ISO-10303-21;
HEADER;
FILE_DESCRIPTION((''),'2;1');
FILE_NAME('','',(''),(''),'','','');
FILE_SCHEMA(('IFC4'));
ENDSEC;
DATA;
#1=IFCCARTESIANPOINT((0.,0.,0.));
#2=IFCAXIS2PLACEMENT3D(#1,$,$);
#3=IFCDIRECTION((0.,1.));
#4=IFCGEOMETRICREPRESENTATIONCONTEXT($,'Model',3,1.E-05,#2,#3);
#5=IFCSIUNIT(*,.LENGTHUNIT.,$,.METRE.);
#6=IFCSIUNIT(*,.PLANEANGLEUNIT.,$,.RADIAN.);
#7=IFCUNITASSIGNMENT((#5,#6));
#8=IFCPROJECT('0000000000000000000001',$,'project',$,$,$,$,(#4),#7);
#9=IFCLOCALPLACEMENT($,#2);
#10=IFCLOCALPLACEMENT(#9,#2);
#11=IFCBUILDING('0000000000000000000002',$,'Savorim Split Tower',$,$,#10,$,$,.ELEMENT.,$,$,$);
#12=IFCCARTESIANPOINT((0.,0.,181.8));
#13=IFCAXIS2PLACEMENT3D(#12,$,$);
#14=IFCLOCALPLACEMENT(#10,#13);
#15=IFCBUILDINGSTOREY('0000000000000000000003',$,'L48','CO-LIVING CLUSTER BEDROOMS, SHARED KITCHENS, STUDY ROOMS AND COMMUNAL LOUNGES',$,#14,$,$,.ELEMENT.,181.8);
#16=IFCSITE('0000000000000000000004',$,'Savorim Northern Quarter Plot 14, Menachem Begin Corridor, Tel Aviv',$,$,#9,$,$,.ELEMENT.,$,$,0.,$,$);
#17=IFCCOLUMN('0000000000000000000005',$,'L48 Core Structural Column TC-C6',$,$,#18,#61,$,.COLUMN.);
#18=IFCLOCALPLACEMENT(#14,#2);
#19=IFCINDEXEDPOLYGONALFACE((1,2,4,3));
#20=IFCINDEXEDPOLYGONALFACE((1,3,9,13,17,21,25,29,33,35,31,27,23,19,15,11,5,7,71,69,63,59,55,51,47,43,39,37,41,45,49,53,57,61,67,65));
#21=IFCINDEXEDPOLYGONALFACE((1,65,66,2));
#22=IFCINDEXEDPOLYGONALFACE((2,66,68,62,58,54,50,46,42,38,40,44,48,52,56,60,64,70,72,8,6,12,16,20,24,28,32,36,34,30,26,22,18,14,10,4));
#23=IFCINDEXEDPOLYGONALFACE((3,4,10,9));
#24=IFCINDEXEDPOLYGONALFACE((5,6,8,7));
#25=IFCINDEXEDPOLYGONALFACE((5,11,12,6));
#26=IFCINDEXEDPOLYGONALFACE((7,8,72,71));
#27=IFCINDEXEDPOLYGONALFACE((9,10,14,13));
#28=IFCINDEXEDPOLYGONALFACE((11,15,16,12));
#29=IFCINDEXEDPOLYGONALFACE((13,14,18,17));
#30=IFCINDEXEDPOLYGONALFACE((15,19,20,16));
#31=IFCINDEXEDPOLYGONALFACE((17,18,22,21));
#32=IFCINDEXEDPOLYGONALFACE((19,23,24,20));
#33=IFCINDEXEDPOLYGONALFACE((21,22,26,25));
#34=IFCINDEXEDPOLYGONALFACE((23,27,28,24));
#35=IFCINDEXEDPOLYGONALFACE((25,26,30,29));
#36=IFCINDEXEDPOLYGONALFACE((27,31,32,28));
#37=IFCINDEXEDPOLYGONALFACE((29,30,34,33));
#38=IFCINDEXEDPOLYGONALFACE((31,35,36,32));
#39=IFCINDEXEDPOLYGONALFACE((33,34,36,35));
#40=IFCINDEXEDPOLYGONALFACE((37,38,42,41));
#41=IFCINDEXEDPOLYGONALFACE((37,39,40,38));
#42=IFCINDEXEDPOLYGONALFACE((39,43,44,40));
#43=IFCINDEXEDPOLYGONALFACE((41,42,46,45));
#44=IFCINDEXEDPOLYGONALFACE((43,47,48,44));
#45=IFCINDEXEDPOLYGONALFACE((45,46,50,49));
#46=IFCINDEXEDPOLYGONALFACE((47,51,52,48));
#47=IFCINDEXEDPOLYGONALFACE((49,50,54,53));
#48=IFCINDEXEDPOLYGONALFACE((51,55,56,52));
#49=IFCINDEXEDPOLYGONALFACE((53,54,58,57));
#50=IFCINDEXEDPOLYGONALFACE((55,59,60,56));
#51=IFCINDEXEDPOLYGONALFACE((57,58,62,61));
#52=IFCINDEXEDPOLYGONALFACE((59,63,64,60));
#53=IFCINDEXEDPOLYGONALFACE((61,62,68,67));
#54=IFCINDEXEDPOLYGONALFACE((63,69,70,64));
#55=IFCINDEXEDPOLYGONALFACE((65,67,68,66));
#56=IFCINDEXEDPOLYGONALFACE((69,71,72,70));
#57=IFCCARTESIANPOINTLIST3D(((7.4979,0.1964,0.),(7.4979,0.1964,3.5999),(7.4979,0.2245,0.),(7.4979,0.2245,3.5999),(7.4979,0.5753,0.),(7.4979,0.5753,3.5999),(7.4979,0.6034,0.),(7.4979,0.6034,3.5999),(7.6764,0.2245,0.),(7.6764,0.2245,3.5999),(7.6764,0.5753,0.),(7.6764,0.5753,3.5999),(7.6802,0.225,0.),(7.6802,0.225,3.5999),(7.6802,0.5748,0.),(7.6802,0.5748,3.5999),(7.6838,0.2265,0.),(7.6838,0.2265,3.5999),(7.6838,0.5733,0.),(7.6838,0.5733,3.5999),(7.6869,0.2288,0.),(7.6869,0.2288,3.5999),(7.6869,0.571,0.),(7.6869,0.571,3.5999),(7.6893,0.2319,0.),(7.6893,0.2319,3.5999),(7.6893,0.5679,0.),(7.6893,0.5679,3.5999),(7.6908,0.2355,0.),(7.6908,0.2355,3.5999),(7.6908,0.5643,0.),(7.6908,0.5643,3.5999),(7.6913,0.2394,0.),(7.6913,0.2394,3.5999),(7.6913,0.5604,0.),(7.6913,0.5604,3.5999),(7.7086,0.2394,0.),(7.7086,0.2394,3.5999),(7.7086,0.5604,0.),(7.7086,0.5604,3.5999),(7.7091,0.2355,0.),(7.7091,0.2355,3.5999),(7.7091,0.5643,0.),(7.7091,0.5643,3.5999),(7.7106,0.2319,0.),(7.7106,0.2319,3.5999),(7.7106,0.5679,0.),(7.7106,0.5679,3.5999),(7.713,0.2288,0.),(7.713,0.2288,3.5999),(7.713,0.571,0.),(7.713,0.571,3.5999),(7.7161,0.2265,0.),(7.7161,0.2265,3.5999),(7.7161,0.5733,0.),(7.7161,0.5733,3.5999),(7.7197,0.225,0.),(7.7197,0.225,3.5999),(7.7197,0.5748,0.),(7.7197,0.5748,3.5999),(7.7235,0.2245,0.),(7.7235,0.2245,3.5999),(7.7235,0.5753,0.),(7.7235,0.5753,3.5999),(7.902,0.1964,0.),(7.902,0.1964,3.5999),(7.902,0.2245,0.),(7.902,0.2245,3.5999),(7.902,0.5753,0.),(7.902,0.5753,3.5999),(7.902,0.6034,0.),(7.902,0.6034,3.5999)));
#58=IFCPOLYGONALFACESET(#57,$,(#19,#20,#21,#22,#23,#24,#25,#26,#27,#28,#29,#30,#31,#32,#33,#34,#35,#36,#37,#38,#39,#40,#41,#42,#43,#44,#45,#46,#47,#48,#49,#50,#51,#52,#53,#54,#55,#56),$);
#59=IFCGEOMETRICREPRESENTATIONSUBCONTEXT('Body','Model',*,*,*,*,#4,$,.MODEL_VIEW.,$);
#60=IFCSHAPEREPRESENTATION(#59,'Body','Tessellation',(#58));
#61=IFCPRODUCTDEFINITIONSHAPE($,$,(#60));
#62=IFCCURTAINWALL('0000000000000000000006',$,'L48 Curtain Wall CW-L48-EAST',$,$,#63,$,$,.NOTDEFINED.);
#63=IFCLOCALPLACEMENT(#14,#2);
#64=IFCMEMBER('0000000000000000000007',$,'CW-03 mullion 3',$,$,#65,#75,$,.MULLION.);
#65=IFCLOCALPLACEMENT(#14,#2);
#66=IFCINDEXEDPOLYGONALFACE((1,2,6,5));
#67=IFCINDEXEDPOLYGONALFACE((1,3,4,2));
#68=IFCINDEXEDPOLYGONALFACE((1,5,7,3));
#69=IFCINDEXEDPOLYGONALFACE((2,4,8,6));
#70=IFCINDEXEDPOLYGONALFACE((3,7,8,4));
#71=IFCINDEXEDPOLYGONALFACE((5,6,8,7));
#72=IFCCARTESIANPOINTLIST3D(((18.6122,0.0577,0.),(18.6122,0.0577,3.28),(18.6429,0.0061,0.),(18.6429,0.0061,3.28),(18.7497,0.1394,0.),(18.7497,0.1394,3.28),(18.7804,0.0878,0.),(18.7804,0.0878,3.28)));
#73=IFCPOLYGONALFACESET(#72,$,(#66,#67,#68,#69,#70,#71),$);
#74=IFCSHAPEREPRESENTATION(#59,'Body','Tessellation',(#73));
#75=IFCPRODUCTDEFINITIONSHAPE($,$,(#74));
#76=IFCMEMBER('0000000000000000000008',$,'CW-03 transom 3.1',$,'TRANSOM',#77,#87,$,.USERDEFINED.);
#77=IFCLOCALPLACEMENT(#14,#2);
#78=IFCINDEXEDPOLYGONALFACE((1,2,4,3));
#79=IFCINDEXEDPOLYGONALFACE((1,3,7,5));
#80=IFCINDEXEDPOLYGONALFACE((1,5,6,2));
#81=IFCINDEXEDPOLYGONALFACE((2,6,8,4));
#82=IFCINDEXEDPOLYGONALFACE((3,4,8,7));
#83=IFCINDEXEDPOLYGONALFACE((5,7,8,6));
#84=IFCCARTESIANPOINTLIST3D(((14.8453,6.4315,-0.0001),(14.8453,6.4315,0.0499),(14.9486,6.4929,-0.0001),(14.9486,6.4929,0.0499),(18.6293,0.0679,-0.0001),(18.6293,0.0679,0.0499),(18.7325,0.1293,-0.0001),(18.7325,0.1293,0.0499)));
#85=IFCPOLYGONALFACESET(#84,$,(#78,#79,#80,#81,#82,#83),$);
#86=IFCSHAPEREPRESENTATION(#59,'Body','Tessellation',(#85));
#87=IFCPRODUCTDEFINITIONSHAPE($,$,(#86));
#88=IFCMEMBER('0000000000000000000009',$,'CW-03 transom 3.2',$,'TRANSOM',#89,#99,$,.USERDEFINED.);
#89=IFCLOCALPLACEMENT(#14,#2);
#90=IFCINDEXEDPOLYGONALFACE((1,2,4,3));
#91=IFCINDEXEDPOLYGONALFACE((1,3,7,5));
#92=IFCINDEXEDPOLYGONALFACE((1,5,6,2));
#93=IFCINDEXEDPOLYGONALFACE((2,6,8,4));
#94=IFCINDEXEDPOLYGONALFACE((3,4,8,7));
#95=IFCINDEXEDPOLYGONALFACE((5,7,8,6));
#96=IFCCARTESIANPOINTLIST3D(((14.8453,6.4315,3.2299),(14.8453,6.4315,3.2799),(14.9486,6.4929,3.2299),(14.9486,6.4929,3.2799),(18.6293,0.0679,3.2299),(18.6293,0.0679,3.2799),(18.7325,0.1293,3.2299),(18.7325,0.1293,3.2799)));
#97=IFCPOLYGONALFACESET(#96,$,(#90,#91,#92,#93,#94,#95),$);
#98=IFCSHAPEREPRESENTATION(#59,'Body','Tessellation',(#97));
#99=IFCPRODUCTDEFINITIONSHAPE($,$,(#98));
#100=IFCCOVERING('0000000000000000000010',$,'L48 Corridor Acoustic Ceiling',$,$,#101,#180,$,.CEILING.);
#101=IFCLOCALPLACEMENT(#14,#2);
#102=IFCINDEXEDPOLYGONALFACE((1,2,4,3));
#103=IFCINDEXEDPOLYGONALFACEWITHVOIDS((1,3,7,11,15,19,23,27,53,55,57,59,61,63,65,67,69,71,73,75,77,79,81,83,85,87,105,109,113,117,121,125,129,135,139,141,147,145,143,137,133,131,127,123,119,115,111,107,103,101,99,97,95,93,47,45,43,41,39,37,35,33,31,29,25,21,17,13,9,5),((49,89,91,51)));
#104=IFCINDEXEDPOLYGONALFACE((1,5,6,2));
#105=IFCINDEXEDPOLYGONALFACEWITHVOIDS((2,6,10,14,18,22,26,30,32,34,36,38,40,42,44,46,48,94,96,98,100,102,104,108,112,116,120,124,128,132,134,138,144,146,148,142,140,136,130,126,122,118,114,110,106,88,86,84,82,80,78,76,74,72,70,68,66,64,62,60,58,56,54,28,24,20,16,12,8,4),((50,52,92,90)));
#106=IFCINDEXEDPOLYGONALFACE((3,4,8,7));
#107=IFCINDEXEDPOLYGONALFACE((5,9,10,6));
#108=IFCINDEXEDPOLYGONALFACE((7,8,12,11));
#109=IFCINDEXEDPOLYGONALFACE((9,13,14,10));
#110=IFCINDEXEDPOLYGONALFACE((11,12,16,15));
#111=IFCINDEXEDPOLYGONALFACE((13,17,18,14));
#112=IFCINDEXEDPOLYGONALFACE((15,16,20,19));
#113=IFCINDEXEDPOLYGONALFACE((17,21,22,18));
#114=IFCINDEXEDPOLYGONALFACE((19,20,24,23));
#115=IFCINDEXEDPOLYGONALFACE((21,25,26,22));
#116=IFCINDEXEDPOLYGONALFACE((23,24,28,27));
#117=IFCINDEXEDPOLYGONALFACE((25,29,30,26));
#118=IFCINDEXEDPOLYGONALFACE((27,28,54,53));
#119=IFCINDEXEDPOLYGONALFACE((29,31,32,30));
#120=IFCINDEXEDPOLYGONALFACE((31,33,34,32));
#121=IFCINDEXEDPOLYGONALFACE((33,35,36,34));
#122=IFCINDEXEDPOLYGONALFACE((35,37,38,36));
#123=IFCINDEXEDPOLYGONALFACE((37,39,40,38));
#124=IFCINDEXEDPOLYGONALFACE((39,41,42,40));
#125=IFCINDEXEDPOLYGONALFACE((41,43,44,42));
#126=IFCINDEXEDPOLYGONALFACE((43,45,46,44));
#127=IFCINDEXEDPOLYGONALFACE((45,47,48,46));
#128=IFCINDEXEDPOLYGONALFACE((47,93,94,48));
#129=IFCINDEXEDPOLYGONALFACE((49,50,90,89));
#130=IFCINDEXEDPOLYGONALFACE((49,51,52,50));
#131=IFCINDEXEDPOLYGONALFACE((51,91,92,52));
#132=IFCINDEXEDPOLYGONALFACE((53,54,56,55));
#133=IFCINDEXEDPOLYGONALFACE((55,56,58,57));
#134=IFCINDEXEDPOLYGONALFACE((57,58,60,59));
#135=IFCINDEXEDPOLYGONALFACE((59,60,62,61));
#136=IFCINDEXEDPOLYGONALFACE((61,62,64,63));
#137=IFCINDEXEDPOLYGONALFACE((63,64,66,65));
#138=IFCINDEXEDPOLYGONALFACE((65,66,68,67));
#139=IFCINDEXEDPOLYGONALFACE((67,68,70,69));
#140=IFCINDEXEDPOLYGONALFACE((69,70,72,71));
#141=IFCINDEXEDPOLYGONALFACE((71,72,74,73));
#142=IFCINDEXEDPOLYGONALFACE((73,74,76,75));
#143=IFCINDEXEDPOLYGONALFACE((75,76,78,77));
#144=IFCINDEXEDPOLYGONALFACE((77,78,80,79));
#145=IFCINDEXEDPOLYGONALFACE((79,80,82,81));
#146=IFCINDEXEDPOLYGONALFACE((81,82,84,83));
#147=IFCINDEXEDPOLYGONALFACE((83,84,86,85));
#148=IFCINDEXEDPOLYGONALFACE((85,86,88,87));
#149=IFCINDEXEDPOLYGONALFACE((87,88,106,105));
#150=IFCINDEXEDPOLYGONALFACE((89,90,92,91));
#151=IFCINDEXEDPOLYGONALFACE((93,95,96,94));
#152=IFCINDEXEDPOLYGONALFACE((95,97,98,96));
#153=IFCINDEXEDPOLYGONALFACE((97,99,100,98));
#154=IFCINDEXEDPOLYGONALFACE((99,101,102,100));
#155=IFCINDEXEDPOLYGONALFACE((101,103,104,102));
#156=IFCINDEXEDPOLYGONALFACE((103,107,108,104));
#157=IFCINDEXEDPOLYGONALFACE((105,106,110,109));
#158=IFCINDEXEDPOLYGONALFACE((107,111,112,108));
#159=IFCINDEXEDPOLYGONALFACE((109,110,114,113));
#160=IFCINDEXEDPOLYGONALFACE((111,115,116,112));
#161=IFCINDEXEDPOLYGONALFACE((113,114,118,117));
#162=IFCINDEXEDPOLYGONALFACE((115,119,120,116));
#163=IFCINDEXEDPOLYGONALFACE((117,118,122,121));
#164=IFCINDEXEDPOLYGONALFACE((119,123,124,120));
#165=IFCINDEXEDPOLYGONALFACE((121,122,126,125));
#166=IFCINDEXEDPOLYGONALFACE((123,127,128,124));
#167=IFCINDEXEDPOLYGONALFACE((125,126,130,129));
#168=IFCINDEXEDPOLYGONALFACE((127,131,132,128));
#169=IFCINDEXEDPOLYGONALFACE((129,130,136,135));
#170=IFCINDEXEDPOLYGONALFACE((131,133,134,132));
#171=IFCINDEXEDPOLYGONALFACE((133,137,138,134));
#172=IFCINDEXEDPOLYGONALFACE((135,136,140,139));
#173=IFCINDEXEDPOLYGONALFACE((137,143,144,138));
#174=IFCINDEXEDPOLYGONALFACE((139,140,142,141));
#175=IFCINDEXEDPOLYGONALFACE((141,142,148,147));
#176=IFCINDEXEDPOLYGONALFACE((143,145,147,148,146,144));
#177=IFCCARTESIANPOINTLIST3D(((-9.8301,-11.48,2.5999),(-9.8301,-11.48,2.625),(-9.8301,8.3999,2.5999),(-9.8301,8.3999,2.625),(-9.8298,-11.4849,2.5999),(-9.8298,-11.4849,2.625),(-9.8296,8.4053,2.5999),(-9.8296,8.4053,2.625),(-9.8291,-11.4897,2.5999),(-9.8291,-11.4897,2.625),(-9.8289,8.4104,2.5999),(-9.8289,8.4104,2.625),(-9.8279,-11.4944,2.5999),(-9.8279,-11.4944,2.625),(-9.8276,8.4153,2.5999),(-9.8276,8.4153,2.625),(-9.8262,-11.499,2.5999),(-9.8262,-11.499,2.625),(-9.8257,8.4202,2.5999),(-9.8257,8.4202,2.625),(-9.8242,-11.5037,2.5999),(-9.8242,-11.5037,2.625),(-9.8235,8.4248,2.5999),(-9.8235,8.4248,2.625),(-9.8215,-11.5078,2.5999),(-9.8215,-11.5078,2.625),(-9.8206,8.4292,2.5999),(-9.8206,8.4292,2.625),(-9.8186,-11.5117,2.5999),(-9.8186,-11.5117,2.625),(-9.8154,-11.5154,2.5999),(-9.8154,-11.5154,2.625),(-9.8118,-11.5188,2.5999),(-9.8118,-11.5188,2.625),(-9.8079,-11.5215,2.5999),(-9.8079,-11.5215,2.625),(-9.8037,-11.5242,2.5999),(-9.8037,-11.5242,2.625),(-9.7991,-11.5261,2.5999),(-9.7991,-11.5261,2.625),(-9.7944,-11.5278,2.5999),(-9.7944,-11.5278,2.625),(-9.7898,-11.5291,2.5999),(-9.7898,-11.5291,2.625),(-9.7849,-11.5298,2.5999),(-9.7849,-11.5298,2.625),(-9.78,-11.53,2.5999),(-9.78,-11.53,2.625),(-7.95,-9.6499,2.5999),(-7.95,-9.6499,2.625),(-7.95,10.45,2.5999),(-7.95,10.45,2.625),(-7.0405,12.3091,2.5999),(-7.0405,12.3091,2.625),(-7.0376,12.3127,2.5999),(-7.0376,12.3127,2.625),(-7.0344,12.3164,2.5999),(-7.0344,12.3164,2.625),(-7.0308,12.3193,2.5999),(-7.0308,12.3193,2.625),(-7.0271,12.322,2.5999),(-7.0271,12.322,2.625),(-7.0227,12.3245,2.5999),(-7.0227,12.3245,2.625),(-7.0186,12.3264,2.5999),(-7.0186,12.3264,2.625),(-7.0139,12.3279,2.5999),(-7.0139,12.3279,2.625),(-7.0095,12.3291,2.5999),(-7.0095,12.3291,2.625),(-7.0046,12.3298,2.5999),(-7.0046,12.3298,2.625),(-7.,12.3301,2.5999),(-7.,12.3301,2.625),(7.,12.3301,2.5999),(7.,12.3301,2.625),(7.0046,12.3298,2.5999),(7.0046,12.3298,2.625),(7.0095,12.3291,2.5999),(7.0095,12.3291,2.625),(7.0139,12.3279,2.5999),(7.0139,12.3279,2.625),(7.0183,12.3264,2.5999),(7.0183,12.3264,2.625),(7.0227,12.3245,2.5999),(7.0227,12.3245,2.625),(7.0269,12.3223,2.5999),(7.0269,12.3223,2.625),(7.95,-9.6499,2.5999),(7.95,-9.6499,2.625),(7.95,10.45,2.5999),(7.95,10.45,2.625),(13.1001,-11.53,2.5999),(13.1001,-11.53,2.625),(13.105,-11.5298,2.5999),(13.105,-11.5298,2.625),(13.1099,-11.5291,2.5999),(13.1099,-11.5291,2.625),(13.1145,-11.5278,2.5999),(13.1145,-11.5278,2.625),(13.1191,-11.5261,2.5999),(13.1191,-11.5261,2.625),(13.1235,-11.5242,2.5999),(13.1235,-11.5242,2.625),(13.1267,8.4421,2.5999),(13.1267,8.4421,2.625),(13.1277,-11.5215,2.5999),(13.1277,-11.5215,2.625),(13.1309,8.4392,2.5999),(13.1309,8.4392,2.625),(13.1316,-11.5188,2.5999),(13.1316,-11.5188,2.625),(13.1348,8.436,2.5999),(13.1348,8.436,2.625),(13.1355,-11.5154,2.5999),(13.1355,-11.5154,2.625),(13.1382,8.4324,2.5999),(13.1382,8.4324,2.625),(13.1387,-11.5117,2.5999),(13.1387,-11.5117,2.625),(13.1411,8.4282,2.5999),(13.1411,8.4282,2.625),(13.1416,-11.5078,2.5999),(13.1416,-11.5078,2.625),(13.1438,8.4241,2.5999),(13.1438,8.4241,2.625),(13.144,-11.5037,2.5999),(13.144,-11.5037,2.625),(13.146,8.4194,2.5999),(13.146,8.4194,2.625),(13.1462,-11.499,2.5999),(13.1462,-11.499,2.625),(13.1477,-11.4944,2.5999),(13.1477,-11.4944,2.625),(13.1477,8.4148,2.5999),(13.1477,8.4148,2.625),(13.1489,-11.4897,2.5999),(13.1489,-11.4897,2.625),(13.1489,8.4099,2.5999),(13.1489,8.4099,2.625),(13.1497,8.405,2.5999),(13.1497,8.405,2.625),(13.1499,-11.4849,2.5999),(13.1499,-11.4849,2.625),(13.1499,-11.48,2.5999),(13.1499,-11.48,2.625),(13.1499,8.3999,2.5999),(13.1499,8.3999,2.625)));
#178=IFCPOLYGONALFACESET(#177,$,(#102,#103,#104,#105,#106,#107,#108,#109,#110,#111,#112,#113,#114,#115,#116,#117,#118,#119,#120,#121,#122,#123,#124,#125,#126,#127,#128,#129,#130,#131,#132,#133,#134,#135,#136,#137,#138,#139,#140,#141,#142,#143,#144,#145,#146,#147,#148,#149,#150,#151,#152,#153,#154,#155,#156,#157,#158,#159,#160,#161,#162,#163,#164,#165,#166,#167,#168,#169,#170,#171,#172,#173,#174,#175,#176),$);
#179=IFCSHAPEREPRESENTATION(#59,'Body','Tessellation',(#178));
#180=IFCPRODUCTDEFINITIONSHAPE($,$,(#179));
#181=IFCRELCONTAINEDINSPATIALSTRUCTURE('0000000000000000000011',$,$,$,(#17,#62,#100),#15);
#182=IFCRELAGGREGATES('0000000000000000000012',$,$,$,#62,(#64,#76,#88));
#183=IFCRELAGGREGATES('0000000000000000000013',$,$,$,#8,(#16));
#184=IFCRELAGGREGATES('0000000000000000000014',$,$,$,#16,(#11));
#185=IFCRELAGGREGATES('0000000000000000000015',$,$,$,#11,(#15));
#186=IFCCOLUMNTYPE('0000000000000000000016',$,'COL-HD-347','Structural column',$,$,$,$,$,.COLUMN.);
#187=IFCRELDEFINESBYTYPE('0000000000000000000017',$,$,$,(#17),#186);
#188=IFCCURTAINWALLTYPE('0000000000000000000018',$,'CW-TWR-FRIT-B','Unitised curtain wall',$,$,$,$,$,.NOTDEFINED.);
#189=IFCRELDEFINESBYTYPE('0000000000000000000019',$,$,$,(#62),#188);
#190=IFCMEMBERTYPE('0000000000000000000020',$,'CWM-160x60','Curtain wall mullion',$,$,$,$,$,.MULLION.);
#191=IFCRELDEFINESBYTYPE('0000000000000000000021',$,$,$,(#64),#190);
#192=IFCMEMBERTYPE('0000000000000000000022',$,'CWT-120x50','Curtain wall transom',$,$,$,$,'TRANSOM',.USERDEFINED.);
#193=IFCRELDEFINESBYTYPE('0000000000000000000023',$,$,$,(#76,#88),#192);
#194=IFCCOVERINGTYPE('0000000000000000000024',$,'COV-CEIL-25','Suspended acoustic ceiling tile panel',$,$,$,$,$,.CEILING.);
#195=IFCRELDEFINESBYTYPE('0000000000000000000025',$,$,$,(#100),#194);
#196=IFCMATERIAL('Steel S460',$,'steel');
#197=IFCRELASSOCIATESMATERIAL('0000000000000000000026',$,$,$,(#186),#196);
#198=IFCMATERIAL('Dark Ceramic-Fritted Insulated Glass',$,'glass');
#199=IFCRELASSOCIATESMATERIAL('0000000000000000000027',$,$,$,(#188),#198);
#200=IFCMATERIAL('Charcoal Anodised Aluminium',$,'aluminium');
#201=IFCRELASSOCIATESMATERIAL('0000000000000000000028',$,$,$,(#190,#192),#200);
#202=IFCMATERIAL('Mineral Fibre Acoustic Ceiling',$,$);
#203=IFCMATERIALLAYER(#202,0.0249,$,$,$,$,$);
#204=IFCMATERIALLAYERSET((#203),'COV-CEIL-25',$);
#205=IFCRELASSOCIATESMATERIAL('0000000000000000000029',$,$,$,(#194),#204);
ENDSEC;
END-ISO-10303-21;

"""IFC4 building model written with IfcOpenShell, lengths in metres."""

from ifc_helpers import new_model, si_unit, direction, frame, origin, origin_2d, place, context, subcontext, project, spatial, polyline, rectangle, i_section, outline, extrude, material, layer, layer_set, material_profile, profile_set, type_object, element, aggregate, save


model = new_model("IFC4")

# Units and contexts
model_context = context("Model", 3, precision=1e-05, world=origin(), true_north=direction((0.0, 1.0)))
body_context = subcontext(model_context, "Body", "Model", "MODEL_VIEW")
ifc_project = project(units=[si_unit("LENGTHUNIT", "METRE"), si_unit("PLANEANGLEUNIT", "RADIAN")], contexts=[model_context])

# Site, building, storey
site_placement = place(None, origin())
site = spatial("IfcSite", under=ifc_project, at=site_placement, Name="Savorim Northern Quarter Plot 14, Menachem Begin Corridor, Tel Aviv", CompositionType="ELEMENT", RefElevation=0.0)
building_placement = place(site_placement, origin())
building = spatial("IfcBuilding", under=site, at=building_placement, Name="Savorim Split Tower", CompositionType="ELEMENT")
storey_placement = place(building_placement, frame((0.0, 0.0, 181.8)))
storey = spatial("IfcBuildingStorey", under=building, at=storey_placement, Name="L48", Description="CO-LIVING CLUSTER BEDROOMS, SHARED KITCHENS, STUDY ROOMS AND COMMUNAL LOUNGES", CompositionType="ELEMENT", Elevation=181.8)

# Column
ifc_material_1 = material(Name="Steel S460", Category="steel")
ifc_material_profile_1 = material_profile(ifc_material_1, i_section(OverallWidth=0.4041, OverallDepth=0.407, WebThickness=0.0173, FlangeThickness=0.0281, FilletRadius=0.0149, at=origin_2d()), Name="HD 400x347")
ifc_profile_set_1 = profile_set([ifc_material_profile_1], Name="Steel S460")
column_type = type_object("IfcColumnType", Name="COL-HD-347", Description="Structural column", PredefinedType="COLUMN", material=ifc_profile_set_1)
column_placement = place(storey_placement, frame((7.7, 0.3999, 0.0), z_axis=(0.0, 0.0, 1.0), x_axis=(1.0, 0.0, 0.0)))
element("IfcColumn", 1, at=column_placement, inside=storey, type_object=column_type, Name="L48 Core Structural Column TC-C6", PredefinedType="COLUMN", context=body_context, shape_type="SweptSolid", body=[
    extrude(i_section(OverallWidth=0.4041, OverallDepth=0.407, WebThickness=0.0173, FlangeThickness=0.0281, FilletRadius=0.0149, at=origin_2d()), origin(), (0.0, 0.0, 1.0), 3.5999),
])

# Curtain wall, members
ifc_material_2 = material(Name="Dark Ceramic-Fritted Insulated Glass", Category="glass")
curtain_wall_type = type_object("IfcCurtainWallType", Name="CW-TWR-FRIT-B", Description="Unitised curtain wall", PredefinedType="NOTDEFINED", material=ifc_material_2)
curtain_wall_placement = place(storey_placement, origin())
curtain_wall = element("IfcCurtainWall", 2, at=curtain_wall_placement, inside=storey, type_object=curtain_wall_type, Name="L48 Curtain Wall CW-L48-EAST", PredefinedType="NOTDEFINED")
ifc_material_3 = material(Name="Charcoal Anodised Aluminium", Category="aluminium")
ifc_material_profile_2 = material_profile(ifc_material_3, rectangle(XDim=0.1599, YDim=0.0601, at=origin_2d()), Name="ALU-M 160x60")
ifc_profile_set_2 = profile_set([ifc_material_profile_2], Name="Charcoal Anodised Aluminium")
member_type_1 = type_object("IfcMemberType", Name="CWM-160x60", Description="Curtain wall mullion", PredefinedType="MULLION", material=ifc_profile_set_2)
member_1_placement = place(storey_placement, frame((18.6963, 0.0728, 0.0), z_axis=(0.0, 0.0, 1.0), x_axis=(-0.859525, -0.511094, 0.0)))
member_1 = element("IfcMember", 3, at=member_1_placement, type_object=member_type_1, Name="CW-03 mullion 3", PredefinedType="MULLION", context=body_context, shape_type="SweptSolid", body=[
    extrude(rectangle(XDim=0.1599, YDim=0.0601, at=origin_2d()), origin(), (0.0, 0.0, 1.0), 3.28),
])
ifc_material_profile_3 = material_profile(ifc_material_3, rectangle(XDim=0.1201, YDim=0.05, at=origin_2d()), Name="ALU-T 120x50")
ifc_profile_set_3 = profile_set([ifc_material_profile_3], Name="Charcoal Anodised Aluminium")
member_type_2 = type_object("IfcMemberType", Name="CWT-120x50", Description="Curtain wall transom", ElementType="TRANSOM", PredefinedType="USERDEFINED", material=ifc_profile_set_3)
member_2_placement = place(storey_placement, frame((18.6809, 0.0986, 0.0249), z_axis=(-0.511097, 0.859523, 0.0), x_axis=(-0.859523, -0.511097, 0.0)))
member_2 = element("IfcMember", 4, at=member_2_placement, type_object=member_type_2, Name="CW-03 transom 3.1", ObjectType="TRANSOM", PredefinedType="USERDEFINED", context=body_context, shape_type="SweptSolid", body=[
    extrude(rectangle(XDim=0.1201, YDim=0.05, at=origin_2d()), origin(), (0.0, 0.0, 1.0), 7.4036),
])
member_3_placement = place(storey_placement, frame((18.6809, 0.0986, 3.2549), z_axis=(-0.511097, 0.859523, 0.0), x_axis=(-0.859523, -0.511097, 0.0)))
member_3 = element("IfcMember", 5, at=member_3_placement, type_object=member_type_2, Name="CW-03 transom 3.2", ObjectType="TRANSOM", PredefinedType="USERDEFINED", context=body_context, shape_type="SweptSolid", body=[
    extrude(rectangle(XDim=0.1201, YDim=0.05, at=origin_2d()), origin(), (0.0, 0.0, 1.0), 7.4036),
])
aggregate(curtain_wall, [member_1, member_2, member_3])

# Covering
ifc_material_4 = material(Name="Mineral Fibre Acoustic Ceiling")
ifc_layer_1 = layer(ifc_material_4, 0.0249)
ifc_layer_set_1 = layer_set([ifc_layer_1], Name="COV-CEIL-25")
covering_type_1 = type_object("IfcCoveringType", Name="COV-CEIL-25", Description="Suspended acoustic ceiling tile panel", PredefinedType="CEILING", material=ifc_layer_set_1)
covering_1_placement = place(storey_placement, frame((0.0, 0.0, 2.5999)))
element("IfcCovering", 6, at=covering_1_placement, inside=storey, type_object=covering_type_1, Name="L48 Corridor Acoustic Ceiling", PredefinedType="CEILING", context=body_context, shape_type="SweptSolid", body=[
    extrude(outline(polyline([(7.0095, 12.3291), (7.0046, 12.3298), (7.0, 12.3301), (-7.0, 12.3301), (-7.0046, 12.3298), (-7.0095, 12.3291), (-7.0139, 12.3279), (-7.0186, 12.3264), (-7.0227, 12.3245), (-7.0271, 12.322), (-7.0308, 12.3193), (-7.0344, 12.3164), (-7.0376, 12.3127), (-7.0405, 12.3091), (-9.8206, 8.4292), (-9.8235, 8.4248), (-9.8257, 8.4202), (-9.8276, 8.4153), (-9.8289, 8.4104), (-9.8296, 8.4053), (-9.8301, 8.3999), (-9.8301, -11.48), (-9.8298, -11.4849), (-9.8291, -11.4897), (-9.8279, -11.4944), (-9.8262, -11.499), (-9.8242, -11.5037), (-9.8215, -11.5078), (-9.8186, -11.5117), (-9.8154, -11.5154), (-9.8118, -11.5188), (-9.8079, -11.5215), (-9.8037, -11.5242), (-9.7991, -11.5261), (-9.7944, -11.5278), (-9.7898, -11.5291), (-9.7849, -11.5298), (-9.78, -11.53), (13.1001, -11.53), (13.105, -11.5298), (13.1099, -11.5291), (13.1145, -11.5278), (13.1191, -11.5261), (13.1235, -11.5242), (13.1277, -11.5215), (13.1316, -11.5188), (13.1355, -11.5154), (13.1387, -11.5117), (13.1416, -11.5078), (13.144, -11.5037), (13.1462, -11.499), (13.1477, -11.4944), (13.1489, -11.4897), (13.1499, -11.4849), (13.1499, -11.48), (13.1499, 8.3999), (13.1497, 8.405), (13.1489, 8.4099), (13.1477, 8.4148), (13.146, 8.4194), (13.1438, 8.4241), (13.1411, 8.4282), (13.1382, 8.4324), (13.1348, 8.436), (13.1309, 8.4392), (13.1267, 8.4421), (7.0269, 12.3223), (7.0227, 12.3245), (7.0183, 12.3264), (7.0139, 12.3279), (7.0095, 12.3291)]), holes=[polyline([(-7.95, 10.45), (-7.95, -9.6499), (7.95, -9.6499), (7.95, 10.45), (-7.95, 10.45)])]), origin(), (0.0, 0.0, 1.0), 0.0251),
])

save(model, "model.ifc")
